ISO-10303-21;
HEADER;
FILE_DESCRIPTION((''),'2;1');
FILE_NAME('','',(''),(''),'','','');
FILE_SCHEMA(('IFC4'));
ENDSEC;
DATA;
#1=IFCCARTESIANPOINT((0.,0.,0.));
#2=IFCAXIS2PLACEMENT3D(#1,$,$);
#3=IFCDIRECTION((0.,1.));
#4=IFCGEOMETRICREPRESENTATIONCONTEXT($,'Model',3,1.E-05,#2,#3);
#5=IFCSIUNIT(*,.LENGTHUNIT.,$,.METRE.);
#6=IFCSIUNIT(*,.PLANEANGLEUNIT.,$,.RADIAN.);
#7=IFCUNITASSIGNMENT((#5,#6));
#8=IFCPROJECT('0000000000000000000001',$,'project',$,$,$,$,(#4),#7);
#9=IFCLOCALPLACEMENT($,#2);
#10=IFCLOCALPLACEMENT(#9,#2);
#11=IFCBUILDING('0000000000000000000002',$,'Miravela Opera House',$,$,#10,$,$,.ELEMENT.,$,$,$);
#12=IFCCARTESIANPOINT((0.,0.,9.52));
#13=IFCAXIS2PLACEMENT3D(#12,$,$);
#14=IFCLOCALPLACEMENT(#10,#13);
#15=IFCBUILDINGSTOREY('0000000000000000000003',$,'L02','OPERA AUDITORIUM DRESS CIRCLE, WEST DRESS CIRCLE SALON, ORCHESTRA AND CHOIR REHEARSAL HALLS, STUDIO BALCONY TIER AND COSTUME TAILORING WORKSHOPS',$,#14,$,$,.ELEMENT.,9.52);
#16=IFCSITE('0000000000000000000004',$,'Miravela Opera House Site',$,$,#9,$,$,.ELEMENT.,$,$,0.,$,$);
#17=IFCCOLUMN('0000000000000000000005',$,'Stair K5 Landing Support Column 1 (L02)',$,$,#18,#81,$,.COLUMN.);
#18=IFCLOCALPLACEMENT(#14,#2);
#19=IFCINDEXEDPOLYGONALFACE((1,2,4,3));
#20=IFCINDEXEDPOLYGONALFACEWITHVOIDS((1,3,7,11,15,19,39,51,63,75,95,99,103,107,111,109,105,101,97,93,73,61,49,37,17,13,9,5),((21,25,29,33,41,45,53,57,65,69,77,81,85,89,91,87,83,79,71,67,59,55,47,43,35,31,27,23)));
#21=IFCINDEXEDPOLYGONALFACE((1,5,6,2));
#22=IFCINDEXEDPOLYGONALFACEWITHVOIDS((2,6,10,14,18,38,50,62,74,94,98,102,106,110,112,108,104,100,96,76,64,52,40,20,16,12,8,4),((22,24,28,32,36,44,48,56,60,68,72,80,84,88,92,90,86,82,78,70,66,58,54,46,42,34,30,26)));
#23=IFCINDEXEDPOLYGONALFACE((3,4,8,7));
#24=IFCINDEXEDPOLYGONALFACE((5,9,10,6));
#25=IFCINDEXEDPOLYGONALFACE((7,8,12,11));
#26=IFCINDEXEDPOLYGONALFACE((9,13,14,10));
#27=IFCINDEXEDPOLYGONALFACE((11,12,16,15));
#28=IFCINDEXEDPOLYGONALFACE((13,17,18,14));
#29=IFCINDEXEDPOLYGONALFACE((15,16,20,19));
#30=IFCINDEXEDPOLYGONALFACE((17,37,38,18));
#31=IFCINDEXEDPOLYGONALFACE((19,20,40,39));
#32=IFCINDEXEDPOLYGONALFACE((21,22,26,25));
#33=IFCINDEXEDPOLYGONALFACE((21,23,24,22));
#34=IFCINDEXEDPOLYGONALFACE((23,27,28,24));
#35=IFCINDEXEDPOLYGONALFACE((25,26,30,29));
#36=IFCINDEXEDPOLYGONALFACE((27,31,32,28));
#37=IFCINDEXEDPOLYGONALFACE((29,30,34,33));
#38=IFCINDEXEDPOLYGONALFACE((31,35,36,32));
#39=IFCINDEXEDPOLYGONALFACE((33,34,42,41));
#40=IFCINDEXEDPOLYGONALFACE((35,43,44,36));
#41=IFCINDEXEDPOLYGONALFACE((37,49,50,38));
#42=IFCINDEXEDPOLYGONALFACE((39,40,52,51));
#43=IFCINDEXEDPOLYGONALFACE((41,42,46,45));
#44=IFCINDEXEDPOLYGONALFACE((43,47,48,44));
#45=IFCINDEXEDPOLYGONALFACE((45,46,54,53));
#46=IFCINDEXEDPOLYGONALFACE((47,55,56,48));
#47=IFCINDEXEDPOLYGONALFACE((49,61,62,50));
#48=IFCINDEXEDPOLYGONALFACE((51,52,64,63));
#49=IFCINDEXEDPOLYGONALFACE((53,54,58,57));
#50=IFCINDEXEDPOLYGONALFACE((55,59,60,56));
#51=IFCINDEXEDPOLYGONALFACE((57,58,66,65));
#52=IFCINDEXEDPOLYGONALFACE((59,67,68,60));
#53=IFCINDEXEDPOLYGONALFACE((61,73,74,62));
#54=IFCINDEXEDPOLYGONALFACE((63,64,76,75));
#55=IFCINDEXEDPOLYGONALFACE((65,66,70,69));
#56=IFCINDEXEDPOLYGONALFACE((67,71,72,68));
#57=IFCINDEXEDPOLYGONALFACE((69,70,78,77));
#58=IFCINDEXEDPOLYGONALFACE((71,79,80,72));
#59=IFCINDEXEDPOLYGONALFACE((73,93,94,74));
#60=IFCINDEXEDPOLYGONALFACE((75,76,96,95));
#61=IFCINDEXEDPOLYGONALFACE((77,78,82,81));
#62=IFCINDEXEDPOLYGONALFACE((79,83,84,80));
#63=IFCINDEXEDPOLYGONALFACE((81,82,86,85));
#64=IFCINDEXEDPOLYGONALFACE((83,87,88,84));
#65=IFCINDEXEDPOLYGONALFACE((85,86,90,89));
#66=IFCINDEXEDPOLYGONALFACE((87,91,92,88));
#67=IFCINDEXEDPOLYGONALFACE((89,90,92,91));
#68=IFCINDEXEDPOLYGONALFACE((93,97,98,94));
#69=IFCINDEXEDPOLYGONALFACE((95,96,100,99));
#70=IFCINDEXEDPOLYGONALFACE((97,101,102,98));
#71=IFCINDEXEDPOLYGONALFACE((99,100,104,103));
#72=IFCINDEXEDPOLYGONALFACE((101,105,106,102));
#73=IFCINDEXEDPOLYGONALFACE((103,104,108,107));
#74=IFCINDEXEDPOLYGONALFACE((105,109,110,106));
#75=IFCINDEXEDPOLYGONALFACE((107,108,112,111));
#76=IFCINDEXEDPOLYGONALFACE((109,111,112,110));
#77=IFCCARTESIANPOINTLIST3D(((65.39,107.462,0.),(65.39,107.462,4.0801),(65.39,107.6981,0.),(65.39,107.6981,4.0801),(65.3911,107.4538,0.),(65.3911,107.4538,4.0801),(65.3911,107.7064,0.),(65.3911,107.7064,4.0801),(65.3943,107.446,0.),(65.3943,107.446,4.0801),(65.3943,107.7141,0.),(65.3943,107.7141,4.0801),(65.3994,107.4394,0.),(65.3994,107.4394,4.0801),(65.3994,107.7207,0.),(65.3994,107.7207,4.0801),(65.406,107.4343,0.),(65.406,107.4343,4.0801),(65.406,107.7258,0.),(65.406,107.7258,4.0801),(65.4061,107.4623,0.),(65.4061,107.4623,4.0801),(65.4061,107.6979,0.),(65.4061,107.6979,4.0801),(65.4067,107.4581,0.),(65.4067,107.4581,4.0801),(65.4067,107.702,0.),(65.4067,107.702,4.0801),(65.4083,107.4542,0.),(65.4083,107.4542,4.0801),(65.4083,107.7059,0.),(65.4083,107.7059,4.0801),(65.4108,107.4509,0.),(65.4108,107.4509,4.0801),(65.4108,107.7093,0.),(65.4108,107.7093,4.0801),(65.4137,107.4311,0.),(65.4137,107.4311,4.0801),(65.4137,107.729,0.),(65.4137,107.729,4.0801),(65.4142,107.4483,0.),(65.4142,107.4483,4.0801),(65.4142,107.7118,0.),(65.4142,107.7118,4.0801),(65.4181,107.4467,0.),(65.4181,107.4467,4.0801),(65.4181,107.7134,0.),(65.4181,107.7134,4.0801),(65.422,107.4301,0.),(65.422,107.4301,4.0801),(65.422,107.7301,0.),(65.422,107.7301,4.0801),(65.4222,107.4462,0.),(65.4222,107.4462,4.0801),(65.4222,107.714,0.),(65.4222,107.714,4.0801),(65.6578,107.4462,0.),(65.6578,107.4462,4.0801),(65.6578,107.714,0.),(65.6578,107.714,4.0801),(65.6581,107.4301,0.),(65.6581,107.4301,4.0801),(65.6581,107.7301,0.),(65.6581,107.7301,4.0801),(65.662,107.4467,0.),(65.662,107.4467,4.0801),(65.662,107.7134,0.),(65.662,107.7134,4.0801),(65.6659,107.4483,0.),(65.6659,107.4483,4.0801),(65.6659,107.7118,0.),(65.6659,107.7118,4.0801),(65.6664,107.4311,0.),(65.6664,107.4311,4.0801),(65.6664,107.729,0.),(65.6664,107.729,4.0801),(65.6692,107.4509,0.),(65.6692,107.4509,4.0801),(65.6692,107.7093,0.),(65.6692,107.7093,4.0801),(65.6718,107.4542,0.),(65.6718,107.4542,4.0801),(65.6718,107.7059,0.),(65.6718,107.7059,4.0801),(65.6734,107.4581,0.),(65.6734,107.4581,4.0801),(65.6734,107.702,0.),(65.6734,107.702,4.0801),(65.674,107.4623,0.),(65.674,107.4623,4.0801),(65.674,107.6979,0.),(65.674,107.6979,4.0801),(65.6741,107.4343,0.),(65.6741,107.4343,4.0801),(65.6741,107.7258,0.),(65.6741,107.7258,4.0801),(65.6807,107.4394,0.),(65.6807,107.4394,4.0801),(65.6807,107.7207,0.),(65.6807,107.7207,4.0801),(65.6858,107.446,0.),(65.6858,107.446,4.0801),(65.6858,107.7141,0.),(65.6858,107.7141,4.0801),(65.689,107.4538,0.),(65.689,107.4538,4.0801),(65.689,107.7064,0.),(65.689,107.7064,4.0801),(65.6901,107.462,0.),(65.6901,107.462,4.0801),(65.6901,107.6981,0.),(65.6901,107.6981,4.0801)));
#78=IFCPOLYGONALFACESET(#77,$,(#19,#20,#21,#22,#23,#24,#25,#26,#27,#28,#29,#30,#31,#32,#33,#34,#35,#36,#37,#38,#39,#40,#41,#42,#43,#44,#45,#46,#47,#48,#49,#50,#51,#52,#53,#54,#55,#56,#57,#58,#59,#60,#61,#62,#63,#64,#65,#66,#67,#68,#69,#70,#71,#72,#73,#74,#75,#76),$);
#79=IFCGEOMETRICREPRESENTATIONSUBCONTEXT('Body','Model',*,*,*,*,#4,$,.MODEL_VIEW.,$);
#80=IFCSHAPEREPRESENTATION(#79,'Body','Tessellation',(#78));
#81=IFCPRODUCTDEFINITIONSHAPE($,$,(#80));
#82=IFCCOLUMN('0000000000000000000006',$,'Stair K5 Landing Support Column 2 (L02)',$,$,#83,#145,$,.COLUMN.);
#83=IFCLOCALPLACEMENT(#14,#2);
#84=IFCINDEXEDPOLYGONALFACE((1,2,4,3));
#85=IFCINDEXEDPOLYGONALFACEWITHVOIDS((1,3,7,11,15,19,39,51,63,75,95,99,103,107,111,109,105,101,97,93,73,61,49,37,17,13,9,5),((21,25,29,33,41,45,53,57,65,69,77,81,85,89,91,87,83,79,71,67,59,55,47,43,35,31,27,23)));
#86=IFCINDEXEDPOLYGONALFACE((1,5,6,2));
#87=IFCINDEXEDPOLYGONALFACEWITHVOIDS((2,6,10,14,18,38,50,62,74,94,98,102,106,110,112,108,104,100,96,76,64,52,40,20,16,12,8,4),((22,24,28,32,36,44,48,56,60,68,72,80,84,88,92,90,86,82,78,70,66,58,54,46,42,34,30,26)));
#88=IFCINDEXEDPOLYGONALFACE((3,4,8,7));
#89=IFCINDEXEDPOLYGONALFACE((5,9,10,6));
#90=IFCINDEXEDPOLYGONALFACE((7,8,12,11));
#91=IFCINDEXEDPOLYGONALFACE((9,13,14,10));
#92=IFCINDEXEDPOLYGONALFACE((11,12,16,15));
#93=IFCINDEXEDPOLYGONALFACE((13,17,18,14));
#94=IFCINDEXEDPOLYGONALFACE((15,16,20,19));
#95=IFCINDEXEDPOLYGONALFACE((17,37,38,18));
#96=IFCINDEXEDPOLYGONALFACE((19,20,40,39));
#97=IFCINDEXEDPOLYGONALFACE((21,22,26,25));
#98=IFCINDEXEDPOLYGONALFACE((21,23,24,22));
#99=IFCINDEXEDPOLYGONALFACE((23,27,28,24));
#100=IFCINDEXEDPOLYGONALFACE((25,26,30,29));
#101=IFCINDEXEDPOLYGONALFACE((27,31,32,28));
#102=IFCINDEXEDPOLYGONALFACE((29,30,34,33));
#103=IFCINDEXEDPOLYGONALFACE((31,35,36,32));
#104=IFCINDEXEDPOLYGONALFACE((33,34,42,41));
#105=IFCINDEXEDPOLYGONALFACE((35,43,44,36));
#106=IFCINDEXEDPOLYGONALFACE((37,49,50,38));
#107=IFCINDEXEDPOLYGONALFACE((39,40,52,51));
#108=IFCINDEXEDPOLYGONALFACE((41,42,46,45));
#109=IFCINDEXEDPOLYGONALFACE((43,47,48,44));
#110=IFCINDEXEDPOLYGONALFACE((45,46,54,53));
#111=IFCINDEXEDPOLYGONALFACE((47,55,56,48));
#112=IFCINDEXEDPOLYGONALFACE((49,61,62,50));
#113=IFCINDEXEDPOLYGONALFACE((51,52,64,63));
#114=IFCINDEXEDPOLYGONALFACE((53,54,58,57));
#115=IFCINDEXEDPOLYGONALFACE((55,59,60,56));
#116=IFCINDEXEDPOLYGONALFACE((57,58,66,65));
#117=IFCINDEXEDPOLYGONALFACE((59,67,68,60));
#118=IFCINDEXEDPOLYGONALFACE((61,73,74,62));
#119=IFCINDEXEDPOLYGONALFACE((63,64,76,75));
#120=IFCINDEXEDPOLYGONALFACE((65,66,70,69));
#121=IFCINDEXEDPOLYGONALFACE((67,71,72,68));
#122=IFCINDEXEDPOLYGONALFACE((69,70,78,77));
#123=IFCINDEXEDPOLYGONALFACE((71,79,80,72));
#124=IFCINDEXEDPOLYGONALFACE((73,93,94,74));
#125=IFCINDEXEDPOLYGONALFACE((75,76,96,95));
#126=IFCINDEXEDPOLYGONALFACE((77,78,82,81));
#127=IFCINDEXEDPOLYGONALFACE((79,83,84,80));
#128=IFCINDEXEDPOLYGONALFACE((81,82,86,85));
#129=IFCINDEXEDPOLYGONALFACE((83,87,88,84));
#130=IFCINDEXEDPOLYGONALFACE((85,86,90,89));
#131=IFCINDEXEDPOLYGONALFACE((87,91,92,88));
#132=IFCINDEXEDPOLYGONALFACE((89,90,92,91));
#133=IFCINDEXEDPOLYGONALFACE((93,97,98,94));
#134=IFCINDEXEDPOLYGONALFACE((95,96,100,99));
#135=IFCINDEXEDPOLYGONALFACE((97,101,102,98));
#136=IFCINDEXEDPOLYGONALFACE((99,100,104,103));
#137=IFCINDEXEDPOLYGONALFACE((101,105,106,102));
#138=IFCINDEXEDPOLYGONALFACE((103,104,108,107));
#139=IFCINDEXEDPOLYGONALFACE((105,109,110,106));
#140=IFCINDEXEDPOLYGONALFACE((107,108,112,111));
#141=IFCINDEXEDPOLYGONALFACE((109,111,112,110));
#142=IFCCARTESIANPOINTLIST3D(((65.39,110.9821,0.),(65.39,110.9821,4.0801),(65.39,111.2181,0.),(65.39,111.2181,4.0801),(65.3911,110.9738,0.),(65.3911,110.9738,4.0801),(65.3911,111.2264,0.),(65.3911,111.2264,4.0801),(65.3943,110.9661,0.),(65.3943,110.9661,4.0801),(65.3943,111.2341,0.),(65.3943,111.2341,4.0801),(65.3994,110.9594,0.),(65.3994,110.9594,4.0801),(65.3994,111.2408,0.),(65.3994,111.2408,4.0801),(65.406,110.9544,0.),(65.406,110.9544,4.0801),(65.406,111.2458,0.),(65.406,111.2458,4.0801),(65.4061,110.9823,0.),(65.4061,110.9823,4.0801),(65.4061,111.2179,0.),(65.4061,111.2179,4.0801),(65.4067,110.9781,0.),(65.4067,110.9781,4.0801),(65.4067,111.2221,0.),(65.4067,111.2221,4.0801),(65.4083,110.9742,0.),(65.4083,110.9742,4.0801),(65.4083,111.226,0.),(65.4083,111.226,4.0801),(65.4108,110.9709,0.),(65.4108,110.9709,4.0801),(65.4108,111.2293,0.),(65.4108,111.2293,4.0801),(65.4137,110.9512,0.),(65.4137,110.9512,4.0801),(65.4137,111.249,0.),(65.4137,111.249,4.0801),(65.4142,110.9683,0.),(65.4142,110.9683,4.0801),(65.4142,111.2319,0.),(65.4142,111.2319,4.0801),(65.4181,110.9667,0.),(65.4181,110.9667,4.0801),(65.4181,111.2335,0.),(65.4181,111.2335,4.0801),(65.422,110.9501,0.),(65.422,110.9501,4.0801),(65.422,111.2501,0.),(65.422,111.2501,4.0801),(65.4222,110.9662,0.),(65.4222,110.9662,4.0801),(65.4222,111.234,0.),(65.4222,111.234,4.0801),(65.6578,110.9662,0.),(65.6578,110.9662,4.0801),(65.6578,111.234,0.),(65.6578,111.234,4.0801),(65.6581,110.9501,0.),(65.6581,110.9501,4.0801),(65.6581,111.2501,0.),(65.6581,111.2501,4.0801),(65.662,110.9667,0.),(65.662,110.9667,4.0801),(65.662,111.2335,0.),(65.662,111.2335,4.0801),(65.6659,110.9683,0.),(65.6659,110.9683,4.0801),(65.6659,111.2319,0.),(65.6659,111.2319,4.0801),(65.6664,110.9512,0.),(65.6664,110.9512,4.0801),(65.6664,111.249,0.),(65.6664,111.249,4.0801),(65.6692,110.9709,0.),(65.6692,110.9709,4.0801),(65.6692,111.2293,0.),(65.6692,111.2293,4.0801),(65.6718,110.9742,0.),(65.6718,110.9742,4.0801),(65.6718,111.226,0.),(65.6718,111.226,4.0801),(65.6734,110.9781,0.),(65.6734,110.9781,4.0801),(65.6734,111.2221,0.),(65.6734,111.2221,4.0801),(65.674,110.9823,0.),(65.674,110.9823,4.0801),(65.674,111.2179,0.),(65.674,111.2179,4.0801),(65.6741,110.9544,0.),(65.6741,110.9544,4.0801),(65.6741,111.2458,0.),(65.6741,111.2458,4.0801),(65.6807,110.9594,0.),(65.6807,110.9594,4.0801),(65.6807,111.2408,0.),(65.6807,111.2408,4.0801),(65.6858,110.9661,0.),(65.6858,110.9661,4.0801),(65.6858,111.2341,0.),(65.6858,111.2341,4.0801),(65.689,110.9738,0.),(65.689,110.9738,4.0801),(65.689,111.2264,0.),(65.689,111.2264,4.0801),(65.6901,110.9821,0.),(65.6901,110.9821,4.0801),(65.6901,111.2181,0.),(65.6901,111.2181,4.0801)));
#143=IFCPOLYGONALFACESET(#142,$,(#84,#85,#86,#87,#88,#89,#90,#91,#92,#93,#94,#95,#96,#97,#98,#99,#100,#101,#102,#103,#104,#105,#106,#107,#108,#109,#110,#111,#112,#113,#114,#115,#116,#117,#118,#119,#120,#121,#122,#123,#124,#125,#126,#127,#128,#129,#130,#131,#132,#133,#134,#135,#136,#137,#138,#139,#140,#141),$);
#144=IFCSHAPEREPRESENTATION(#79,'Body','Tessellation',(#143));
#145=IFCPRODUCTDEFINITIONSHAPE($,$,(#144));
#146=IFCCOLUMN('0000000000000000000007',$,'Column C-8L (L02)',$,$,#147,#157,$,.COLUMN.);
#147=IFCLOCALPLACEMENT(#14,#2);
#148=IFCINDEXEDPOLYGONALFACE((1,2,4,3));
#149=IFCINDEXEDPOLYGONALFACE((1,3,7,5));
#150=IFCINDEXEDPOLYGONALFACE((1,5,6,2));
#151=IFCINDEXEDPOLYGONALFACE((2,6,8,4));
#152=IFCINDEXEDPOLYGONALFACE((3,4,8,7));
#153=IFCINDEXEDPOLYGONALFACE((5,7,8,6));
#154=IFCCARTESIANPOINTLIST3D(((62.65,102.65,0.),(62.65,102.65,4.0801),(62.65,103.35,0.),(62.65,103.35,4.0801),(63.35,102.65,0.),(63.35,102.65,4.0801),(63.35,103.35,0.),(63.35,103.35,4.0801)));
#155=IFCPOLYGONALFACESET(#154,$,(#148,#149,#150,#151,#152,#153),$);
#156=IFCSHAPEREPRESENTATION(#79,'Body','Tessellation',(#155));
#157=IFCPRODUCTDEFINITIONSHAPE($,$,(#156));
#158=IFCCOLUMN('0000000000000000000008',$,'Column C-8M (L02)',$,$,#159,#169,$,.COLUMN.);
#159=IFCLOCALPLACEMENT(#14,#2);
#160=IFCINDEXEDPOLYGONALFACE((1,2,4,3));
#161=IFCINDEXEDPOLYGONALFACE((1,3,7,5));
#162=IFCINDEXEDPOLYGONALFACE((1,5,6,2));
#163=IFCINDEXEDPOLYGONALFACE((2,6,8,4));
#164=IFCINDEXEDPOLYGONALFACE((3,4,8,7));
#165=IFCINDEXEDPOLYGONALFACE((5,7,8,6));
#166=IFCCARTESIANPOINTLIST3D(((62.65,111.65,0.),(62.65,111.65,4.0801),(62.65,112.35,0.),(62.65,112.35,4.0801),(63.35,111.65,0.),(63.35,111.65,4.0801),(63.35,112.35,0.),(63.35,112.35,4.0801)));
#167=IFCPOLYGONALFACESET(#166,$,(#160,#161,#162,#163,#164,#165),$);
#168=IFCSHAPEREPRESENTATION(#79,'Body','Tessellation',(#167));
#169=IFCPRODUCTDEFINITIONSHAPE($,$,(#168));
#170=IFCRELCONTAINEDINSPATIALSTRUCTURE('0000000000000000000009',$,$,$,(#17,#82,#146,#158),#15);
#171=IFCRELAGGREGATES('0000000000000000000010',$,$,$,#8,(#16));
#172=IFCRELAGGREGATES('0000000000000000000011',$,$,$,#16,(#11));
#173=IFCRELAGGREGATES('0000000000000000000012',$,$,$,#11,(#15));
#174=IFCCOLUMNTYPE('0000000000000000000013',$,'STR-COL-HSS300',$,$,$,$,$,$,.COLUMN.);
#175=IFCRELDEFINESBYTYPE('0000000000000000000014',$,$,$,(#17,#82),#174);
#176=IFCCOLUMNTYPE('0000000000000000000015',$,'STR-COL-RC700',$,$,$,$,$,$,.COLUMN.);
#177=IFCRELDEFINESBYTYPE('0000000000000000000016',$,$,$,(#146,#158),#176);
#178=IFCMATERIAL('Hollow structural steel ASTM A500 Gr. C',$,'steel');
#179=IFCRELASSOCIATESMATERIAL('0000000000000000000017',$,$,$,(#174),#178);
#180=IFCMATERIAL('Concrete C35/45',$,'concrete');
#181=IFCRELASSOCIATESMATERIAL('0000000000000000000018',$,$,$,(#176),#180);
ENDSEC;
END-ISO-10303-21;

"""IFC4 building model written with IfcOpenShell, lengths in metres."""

from ifc_helpers import new_model, si_unit, direction, frame, origin, origin_2d, place, context, subcontext, project, spatial, rectangle, hollow_rectangle, extrude, material, material_profile, profile_set, type_object, element, save


model = new_model("IFC4")

# Units and contexts
model_context = context("Model", 3, precision=1e-05, world=origin(), true_north=direction((0.0, 1.0)))
body_context = subcontext(model_context, "Body", "Model", "MODEL_VIEW")
ifc_project = project(units=[si_unit("LENGTHUNIT", "METRE"), si_unit("PLANEANGLEUNIT", "RADIAN")], contexts=[model_context])

# Site, building, storey
site_placement = place(None, origin())
site = spatial("IfcSite", under=ifc_project, at=site_placement, Name="Miravela Opera House Site", CompositionType="ELEMENT", RefElevation=0.0)
building_placement = place(site_placement, origin())
building = spatial("IfcBuilding", under=site, at=building_placement, Name="Miravela Opera House", CompositionType="ELEMENT")
storey_placement = place(building_placement, frame((0.0, 0.0, 9.52)))
storey = spatial("IfcBuildingStorey", under=building, at=storey_placement, Name="L02", Description="OPERA AUDITORIUM DRESS CIRCLE, WEST DRESS CIRCLE SALON, ORCHESTRA AND CHOIR REHEARSAL HALLS, STUDIO BALCONY TIER AND COSTUME TAILORING WORKSHOPS", CompositionType="ELEMENT", Elevation=9.52)

# Columns
ifc_material_1 = material(Name="Hollow structural steel ASTM A500 Gr. C", Category="steel")
ifc_material_profile_1 = material_profile(ifc_material_1, hollow_rectangle(XDim=0.3, YDim=0.3, WallThickness=0.0161, InnerFilletRadius=0.0161, OuterFilletRadius=0.032, at=origin_2d()), Name="HSS300X300X16")
ifc_profile_set_1 = profile_set([ifc_material_profile_1])
column_type_1 = type_object("IfcColumnType", Name="STR-COL-HSS300", PredefinedType="COLUMN", material=ifc_profile_set_1)
for number, where, z_axis, x_axis, name in (
    (1, (65.54, 107.5801, 0.0), (0.0, 0.0, 1.0), (1.0, 0.0, 0.0), "Stair K5 Landing Support Column 1 (L02)"),
    (2, (65.54, 111.1001, 0.0), (0.0, 0.0, 1.0), (1.0, 0.0, 0.0), "Stair K5 Landing Support Column 2 (L02)"),
):
    element("IfcColumn", number, at=place(storey_placement, frame(where, z_axis=z_axis, x_axis=x_axis)), inside=storey, type_object=column_type_1, Name=name, PredefinedType="COLUMN", context=body_context, shape_type="SweptSolid", body=[
        extrude(hollow_rectangle(XDim=0.3, YDim=0.3, WallThickness=0.0161, InnerFilletRadius=0.0161, OuterFilletRadius=0.032, at=origin_2d()), origin(), (0.0, 0.0, 1.0), 4.0801),
    ])
ifc_material_2 = material(Name="Concrete C35/45", Category="concrete")
ifc_material_profile_2 = material_profile(ifc_material_2, rectangle(XDim=0.7, YDim=0.7, at=origin_2d()), Name="RC-COL-700X700")
ifc_profile_set_2 = profile_set([ifc_material_profile_2])
column_type_2 = type_object("IfcColumnType", Name="STR-COL-RC700", PredefinedType="COLUMN", material=ifc_profile_set_2)
for number, where, z_axis, x_axis, name in (
    (3, (63.0, 103.0, 0.0), (0.0, 0.0, 1.0), (1.0, 0.0, 0.0), "Column C-8L (L02)"),
    (4, (63.0, 112.0, 0.0), (0.0, 0.0, 1.0), (1.0, 0.0, 0.0), "Column C-8M (L02)"),
):
    element("IfcColumn", number, at=place(storey_placement, frame(where, z_axis=z_axis, x_axis=x_axis)), inside=storey, type_object=column_type_2, Name=name, PredefinedType="COLUMN", context=body_context, shape_type="SweptSolid", body=[
        extrude(rectangle(XDim=0.7, YDim=0.7, at=origin_2d()), origin(), (0.0, 0.0, 1.0), 4.0801),
    ])

save(model, "model.ifc")
